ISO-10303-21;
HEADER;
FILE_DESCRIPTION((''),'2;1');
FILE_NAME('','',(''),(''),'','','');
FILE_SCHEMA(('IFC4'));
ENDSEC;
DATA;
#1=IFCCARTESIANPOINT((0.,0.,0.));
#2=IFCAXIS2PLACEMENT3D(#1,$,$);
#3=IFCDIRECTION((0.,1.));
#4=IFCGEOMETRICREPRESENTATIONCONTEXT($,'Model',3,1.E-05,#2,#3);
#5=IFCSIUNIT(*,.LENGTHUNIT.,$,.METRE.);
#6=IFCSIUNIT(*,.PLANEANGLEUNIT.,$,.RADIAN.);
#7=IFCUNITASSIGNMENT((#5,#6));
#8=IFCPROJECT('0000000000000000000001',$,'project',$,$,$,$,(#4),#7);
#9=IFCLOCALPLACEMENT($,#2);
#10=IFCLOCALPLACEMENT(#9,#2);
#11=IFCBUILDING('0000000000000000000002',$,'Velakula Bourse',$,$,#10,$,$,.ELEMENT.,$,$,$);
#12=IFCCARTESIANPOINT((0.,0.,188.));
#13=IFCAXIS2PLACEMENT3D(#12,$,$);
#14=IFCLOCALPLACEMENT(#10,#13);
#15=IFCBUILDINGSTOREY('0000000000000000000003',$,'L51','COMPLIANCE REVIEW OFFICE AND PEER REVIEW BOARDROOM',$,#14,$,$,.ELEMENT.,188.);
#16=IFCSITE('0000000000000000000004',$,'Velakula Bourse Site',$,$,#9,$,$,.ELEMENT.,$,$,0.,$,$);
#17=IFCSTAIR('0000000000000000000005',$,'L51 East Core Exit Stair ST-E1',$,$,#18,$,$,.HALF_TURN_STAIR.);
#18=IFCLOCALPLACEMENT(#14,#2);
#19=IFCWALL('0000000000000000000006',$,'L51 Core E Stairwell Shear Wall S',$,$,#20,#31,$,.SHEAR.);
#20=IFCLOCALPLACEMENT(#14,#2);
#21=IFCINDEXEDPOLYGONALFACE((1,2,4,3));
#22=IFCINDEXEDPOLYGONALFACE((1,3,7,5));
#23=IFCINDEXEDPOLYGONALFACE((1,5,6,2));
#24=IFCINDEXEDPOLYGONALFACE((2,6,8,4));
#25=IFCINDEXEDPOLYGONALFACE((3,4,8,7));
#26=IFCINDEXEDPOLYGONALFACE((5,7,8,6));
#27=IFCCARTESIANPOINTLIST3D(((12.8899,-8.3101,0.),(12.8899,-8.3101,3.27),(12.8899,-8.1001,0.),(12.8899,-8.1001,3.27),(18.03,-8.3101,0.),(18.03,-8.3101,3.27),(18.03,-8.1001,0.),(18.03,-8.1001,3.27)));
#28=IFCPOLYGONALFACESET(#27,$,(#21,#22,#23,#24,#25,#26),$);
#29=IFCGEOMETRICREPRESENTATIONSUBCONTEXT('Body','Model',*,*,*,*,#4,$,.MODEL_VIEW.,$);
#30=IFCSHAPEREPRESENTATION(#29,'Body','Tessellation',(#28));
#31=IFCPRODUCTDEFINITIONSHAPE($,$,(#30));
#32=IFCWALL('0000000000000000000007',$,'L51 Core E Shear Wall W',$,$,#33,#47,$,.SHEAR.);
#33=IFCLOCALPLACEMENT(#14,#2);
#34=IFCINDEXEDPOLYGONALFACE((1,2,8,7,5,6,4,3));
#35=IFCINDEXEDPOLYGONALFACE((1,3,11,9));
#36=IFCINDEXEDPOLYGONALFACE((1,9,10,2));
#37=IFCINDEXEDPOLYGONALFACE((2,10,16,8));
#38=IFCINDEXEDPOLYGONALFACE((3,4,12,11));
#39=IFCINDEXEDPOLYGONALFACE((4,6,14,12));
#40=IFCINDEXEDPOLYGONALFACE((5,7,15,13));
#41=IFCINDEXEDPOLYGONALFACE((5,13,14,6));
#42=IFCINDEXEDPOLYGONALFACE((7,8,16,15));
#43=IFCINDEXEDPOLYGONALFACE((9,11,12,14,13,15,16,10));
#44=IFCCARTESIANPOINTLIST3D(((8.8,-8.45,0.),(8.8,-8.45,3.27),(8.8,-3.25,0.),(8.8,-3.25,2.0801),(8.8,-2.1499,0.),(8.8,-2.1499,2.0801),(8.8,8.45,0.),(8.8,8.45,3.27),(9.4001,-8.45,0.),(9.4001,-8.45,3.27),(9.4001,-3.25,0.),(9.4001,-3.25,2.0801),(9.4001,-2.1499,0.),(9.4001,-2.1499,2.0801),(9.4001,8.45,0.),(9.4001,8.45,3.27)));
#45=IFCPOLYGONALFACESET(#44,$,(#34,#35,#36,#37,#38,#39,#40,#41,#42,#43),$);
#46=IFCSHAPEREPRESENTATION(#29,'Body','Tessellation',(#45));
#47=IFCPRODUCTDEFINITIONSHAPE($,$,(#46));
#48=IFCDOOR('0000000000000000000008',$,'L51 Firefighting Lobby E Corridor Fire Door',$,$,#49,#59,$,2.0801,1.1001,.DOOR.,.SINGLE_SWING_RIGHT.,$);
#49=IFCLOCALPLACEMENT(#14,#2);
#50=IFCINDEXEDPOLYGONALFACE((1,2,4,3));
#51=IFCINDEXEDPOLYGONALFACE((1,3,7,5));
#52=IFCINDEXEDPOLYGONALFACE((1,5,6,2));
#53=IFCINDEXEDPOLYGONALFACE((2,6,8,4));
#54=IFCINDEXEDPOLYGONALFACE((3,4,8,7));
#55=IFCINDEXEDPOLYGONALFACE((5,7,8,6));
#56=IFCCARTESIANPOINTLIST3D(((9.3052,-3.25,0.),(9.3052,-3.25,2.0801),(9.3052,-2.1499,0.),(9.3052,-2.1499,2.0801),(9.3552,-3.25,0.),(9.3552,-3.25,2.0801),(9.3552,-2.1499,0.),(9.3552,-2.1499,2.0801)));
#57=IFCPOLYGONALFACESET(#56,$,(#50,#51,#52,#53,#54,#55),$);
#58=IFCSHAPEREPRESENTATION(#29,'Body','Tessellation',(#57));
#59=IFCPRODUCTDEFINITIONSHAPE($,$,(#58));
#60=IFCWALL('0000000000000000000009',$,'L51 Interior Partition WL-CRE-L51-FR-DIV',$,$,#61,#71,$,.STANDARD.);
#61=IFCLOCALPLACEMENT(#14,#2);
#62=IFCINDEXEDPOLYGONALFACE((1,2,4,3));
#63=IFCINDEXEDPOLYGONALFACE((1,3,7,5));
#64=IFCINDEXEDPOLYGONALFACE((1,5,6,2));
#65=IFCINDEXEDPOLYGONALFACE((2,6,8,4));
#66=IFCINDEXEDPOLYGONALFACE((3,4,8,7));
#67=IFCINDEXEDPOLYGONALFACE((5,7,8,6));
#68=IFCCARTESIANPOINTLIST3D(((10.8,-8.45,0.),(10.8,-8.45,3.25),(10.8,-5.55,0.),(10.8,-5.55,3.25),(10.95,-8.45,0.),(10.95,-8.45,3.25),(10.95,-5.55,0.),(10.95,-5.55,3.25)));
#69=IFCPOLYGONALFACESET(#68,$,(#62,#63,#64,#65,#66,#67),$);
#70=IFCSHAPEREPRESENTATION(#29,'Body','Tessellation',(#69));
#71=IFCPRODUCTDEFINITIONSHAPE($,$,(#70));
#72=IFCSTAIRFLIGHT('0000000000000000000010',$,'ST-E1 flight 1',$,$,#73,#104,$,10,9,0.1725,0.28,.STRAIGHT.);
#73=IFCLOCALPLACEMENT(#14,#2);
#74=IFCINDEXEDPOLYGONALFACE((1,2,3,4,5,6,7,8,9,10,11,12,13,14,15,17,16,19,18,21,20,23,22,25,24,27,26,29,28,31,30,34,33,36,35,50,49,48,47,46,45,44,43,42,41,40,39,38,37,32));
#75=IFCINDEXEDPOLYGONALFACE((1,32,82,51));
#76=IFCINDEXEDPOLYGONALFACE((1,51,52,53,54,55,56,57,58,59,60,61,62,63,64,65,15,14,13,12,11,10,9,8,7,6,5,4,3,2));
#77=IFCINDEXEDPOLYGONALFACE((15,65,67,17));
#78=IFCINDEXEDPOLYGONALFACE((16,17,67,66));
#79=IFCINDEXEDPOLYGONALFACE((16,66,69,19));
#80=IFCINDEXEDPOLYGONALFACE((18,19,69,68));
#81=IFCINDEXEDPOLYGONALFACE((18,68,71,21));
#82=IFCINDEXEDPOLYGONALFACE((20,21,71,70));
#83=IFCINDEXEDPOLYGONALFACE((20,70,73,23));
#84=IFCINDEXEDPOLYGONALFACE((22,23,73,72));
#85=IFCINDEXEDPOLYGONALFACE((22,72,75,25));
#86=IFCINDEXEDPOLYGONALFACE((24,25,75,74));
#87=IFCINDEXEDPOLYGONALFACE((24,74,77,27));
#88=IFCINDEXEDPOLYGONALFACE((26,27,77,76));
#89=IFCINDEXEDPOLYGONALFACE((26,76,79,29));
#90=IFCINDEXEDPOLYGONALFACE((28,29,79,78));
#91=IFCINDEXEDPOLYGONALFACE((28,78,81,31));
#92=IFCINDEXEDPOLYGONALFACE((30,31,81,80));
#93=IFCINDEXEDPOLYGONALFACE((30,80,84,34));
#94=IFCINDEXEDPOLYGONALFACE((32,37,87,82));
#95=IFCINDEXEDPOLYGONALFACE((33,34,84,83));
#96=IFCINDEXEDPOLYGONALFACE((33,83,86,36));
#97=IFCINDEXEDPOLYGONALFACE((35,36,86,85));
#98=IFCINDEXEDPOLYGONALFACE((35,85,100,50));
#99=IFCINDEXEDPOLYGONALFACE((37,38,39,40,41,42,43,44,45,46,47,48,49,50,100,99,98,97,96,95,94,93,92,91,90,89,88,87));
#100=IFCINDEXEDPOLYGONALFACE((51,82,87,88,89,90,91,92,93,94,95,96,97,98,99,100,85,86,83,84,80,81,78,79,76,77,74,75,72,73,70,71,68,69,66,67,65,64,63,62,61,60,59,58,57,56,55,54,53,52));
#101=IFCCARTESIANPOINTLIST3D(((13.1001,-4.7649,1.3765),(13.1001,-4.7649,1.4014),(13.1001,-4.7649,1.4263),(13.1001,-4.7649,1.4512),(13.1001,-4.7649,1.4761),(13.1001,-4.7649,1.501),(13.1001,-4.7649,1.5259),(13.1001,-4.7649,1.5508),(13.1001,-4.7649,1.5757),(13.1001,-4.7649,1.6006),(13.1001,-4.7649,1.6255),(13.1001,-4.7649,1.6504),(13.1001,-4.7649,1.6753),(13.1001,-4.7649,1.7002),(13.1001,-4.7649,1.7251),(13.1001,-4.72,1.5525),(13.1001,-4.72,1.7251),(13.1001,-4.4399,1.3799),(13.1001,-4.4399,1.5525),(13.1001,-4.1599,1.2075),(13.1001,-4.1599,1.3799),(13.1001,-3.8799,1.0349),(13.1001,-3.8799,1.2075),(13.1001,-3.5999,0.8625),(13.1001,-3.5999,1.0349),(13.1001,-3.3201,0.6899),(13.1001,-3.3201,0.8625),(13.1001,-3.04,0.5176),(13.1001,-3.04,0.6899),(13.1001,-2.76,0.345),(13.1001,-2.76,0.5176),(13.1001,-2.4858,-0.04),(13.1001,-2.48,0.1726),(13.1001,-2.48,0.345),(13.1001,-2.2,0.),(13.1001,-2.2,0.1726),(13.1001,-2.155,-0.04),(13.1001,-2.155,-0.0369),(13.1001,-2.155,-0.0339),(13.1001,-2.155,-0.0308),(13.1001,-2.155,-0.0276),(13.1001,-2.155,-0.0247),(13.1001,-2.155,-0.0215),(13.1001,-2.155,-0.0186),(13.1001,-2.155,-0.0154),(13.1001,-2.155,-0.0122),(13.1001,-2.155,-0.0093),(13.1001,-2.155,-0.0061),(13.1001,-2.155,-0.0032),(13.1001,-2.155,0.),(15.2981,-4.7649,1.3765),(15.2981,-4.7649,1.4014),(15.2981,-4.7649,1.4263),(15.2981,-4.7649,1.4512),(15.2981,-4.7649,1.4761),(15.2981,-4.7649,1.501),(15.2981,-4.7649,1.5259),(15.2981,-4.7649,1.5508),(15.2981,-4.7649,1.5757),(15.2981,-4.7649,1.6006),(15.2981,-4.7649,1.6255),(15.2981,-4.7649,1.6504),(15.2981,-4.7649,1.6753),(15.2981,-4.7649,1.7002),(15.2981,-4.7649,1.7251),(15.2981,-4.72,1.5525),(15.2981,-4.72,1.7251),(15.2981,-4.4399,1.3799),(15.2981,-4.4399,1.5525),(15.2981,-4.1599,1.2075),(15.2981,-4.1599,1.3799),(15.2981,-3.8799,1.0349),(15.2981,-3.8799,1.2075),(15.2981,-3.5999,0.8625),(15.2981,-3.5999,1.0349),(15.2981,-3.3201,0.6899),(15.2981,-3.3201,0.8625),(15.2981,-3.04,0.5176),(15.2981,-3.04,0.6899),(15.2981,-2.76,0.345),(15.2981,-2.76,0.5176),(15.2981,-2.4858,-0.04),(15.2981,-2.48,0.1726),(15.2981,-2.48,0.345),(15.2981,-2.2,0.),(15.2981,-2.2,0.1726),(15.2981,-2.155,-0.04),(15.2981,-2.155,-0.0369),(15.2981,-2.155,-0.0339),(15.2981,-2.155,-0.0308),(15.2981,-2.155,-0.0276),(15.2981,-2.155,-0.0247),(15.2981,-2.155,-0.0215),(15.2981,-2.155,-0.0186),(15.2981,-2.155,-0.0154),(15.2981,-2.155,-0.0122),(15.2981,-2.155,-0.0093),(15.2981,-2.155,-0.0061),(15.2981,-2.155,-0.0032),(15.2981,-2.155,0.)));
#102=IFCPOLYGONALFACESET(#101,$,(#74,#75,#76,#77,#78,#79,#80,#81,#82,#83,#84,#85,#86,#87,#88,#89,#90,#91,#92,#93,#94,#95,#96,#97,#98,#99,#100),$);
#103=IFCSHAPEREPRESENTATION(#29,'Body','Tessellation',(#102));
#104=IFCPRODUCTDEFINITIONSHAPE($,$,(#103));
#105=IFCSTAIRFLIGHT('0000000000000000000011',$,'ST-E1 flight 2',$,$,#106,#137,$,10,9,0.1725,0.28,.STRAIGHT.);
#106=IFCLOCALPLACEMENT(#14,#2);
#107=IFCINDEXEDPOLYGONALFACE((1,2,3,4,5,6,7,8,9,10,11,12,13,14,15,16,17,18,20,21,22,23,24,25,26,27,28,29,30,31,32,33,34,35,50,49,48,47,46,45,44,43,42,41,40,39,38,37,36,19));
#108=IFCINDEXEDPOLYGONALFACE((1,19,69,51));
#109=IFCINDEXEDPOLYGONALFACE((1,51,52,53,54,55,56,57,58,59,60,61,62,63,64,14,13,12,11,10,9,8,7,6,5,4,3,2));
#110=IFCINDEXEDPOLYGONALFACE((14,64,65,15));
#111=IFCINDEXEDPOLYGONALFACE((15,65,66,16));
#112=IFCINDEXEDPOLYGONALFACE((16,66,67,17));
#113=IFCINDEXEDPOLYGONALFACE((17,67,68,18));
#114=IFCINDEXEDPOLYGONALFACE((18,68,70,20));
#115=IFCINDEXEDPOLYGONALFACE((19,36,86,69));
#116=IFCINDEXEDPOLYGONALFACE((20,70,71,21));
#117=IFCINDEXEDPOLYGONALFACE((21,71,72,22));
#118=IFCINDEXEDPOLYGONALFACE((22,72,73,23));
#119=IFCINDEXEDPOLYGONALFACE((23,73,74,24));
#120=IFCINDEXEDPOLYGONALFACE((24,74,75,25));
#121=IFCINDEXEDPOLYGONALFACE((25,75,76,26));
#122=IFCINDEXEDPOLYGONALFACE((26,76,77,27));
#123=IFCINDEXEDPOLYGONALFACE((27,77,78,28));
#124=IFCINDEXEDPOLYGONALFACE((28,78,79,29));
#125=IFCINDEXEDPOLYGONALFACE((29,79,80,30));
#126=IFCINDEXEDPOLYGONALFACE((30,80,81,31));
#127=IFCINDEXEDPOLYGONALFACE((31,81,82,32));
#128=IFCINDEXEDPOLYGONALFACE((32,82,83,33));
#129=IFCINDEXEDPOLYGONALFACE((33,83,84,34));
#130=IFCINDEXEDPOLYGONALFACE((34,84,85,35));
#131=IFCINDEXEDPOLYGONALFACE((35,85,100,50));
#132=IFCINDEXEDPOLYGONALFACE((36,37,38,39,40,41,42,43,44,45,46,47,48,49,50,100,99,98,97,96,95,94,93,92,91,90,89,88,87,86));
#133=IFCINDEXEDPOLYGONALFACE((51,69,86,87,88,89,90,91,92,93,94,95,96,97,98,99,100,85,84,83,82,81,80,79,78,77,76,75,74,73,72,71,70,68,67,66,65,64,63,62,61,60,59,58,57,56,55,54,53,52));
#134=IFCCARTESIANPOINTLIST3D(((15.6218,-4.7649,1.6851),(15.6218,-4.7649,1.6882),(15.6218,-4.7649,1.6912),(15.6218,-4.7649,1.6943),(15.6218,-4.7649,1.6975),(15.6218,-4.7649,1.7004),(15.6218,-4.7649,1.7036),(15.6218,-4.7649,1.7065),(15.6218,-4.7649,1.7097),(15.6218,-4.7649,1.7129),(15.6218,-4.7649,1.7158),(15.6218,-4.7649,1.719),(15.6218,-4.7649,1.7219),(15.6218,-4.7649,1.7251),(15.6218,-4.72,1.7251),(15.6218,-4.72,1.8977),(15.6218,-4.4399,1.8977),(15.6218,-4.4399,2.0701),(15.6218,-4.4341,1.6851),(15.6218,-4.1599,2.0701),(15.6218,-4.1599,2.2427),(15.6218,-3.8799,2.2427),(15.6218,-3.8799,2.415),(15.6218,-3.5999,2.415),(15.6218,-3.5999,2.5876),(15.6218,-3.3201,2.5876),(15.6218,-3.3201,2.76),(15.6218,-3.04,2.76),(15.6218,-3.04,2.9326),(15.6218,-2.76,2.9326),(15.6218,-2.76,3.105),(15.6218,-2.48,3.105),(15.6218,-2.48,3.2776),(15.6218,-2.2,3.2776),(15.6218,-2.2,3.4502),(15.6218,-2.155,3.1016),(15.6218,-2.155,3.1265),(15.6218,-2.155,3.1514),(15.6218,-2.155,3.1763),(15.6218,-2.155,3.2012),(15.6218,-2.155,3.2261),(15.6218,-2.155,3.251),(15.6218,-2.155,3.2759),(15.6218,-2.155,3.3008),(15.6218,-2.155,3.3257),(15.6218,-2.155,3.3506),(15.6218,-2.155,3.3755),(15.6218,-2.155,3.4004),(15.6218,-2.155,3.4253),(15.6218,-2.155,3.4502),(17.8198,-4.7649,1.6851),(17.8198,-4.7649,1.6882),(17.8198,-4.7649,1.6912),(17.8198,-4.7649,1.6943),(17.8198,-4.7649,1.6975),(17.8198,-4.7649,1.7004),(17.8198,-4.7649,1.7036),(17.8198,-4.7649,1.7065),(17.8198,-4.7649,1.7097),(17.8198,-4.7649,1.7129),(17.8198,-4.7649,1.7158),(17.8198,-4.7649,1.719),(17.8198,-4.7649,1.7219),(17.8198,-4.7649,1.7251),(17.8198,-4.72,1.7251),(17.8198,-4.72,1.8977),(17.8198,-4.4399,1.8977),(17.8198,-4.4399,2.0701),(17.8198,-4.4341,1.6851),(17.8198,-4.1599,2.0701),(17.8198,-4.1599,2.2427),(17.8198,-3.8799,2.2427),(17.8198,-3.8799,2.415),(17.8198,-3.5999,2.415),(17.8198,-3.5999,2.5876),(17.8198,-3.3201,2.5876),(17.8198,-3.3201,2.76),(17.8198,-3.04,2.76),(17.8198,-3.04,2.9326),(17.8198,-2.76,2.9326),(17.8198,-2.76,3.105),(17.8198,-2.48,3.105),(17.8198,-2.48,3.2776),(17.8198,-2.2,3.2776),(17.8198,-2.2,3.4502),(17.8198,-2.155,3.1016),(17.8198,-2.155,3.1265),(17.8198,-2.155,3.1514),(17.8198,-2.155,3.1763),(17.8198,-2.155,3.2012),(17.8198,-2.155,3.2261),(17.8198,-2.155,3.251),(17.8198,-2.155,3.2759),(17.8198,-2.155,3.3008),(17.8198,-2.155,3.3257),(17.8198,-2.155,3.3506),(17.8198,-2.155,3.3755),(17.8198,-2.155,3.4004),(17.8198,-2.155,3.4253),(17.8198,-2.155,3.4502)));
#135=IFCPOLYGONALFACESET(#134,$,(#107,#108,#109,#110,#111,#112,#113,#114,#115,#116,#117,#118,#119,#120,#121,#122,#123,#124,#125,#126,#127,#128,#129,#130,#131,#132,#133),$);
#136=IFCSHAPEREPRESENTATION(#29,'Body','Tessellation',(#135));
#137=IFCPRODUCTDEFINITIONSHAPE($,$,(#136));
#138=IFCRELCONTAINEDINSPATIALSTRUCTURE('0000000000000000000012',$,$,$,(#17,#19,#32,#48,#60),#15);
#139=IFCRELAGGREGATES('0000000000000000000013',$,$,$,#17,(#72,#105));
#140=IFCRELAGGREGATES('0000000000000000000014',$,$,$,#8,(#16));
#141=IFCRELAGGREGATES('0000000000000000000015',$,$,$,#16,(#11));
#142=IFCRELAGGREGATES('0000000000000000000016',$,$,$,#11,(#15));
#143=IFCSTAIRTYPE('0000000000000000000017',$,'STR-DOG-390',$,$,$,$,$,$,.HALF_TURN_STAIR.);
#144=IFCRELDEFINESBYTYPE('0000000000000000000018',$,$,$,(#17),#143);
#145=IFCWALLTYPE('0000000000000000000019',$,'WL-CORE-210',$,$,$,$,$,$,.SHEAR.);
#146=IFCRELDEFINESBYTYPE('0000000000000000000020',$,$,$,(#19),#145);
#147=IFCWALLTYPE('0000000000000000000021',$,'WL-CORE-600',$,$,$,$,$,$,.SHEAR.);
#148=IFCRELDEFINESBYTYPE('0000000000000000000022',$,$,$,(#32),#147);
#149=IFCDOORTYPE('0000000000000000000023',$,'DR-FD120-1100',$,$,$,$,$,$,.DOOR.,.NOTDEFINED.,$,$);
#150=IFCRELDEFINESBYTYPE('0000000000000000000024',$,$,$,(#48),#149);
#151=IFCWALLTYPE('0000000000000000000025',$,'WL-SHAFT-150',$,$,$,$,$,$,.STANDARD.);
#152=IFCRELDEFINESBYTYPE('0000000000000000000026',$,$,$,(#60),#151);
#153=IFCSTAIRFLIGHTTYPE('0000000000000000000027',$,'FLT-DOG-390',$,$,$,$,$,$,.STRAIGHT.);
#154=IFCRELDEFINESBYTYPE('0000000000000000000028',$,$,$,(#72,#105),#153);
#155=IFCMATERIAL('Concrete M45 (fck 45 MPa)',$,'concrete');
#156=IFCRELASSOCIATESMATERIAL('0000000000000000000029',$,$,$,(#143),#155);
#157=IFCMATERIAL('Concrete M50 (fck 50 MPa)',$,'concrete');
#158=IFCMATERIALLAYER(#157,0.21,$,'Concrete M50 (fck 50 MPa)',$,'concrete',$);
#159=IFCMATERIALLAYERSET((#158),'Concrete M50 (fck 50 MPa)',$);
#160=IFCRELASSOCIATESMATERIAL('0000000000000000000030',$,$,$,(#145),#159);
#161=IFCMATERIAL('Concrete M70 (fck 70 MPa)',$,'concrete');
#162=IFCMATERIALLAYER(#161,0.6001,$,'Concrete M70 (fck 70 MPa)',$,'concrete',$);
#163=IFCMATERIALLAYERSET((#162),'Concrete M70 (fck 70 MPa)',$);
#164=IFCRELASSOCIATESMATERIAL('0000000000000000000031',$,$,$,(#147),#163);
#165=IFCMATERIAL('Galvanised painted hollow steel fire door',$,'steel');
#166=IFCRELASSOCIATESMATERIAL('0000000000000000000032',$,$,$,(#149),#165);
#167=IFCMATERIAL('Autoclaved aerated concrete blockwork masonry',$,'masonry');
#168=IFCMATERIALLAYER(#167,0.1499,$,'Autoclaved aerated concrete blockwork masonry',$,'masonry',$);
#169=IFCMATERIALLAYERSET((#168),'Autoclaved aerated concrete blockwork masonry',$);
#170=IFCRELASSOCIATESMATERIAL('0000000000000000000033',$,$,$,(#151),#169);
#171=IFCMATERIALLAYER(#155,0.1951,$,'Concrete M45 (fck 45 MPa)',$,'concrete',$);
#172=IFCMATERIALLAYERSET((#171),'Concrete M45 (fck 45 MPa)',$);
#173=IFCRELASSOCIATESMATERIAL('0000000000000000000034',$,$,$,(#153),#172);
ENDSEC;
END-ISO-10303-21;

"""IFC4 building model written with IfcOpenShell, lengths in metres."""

from ifc_helpers import new_model, si_unit, direction, frame, frame_2d, origin, place, context, subcontext, project, spatial, polyline, rectangle, outline, extrude, material, layer, layer_set, type_object, element, fill, aggregate, save


model = new_model("IFC4")

# Units and contexts
model_context = context("Model", 3, precision=1e-05, world=origin(), true_north=direction((0.0, 1.0)))
body_context = subcontext(model_context, "Body", "Model", "MODEL_VIEW")
ifc_project = project(units=[si_unit("LENGTHUNIT", "METRE"), si_unit("PLANEANGLEUNIT", "RADIAN")], contexts=[model_context])

# Site, building, storey
site_placement = place(None, origin())
site = spatial("IfcSite", under=ifc_project, at=site_placement, Name="Velakula Bourse Site", CompositionType="ELEMENT", RefElevation=0.0)
building_placement = place(site_placement, origin())
building = spatial("IfcBuilding", under=site, at=building_placement, Name="Velakula Bourse", CompositionType="ELEMENT")
storey_placement = place(building_placement, frame((0.0, 0.0, 188.0)))
storey = spatial("IfcBuildingStorey", under=building, at=storey_placement, Name="L51", Description="COMPLIANCE REVIEW OFFICE AND PEER REVIEW BOARDROOM", CompositionType="ELEMENT", Elevation=188.0)

# Shared definitions
ifc_material_1 = material(Name="Concrete M70 (fck 70 MPa)", Category="concrete")

# Stair
ifc_material_2 = material(Name="Concrete M45 (fck 45 MPa)", Category="concrete")
stair_type = type_object("IfcStairType", Name="STR-DOG-390", PredefinedType="HALF_TURN_STAIR", material=ifc_material_2)
stair_1_placement = place(storey_placement, origin())
stair_1 = element("IfcStair", 1, at=stair_1_placement, inside=storey, type_object=stair_type, Name="L51 East Core Exit Stair ST-E1", PredefinedType="HALF_TURN_STAIR")

# Shared definitions
ifc_material_3 = material(Name="Concrete M50 (fck 50 MPa)", Category="concrete")
ifc_layer_1 = layer(ifc_material_3, 0.21, Name="Concrete M50 (fck 50 MPa)", Category="concrete")
ifc_layer_set_1 = layer_set([ifc_layer_1], Name="Concrete M50 (fck 50 MPa)")
wall_type_1 = type_object("IfcWallType", Name="WL-CORE-210", PredefinedType="SHEAR", material=ifc_layer_set_1)
ifc_material_4 = material(Name="Galvanised painted hollow steel fire door", Category="steel")

# Wall
wall_1_placement = place(storey_placement, frame((12.8899, -8.2051, 0.0), z_axis=(0.0, 0.0, 1.0), x_axis=(1.0, 0.0, 0.0)))
element("IfcWall", 2, at=wall_1_placement, inside=storey, type_object=wall_type_1, Name="L51 Core E Stairwell Shear Wall S", PredefinedType="SHEAR", context=body_context, shape_type="SweptSolid", body=[
    extrude(rectangle(XDim=5.1401, YDim=0.21, at=frame_2d((2.5701, 0.0))), origin(), (0.0, 0.0, 1.0), 3.27),
])

# Wall, opening, door
ifc_layer_2 = layer(ifc_material_1, 0.6001, Name="Concrete M70 (fck 70 MPa)", Category="concrete")
ifc_layer_set_2 = layer_set([ifc_layer_2], Name="Concrete M70 (fck 70 MPa)")
wall_type_2 = type_object("IfcWallType", Name="WL-CORE-600", PredefinedType="SHEAR", material=ifc_layer_set_2)
wall_2_placement = place(storey_placement, frame((9.1001, -8.45, 0.0), z_axis=(0.0, 0.0, 1.0), x_axis=(0.0, 1.0, 0.0)))
wall_2 = element("IfcWall", 3, at=wall_2_placement, inside=storey, type_object=wall_type_2, Name="L51 Core E Shear Wall W", PredefinedType="SHEAR", context=body_context, shape_type="SweptSolid", body=[
    extrude(rectangle(XDim=16.8999, YDim=0.6001, at=frame_2d((8.45, 0.0))), origin(), (0.0, 0.0, 1.0), 3.27),
])
opening_1_placement = place(wall_2_placement, frame((5.2, 0.0, 0.0)))
opening_1 = element("IfcOpeningElement", 4, at=opening_1_placement, cuts=wall_2, PredefinedType="OPENING", context=body_context, shape_type="SweptSolid", body=[
    extrude(rectangle(XDim=1.1001, YDim=2.0801, at=frame_2d((0.55, 1.04))), frame((0.0, 0.3101, 0.0), z_axis=(0.0, -1.0, 0.0), x_axis=(1.0, 0.0, 0.0)), (0.0, 0.0, 1.0), 0.6201),
])
door_type_1 = type_object("IfcDoorType", Name="DR-FD120-1100", OperationType="NOTDEFINED", PredefinedType="DOOR", material=ifc_material_4)
door_1_placement = place(opening_1_placement, origin())
door_1 = element("IfcDoor", 5, at=door_1_placement, inside=storey, type_object=door_type_1, Name="L51 Firefighting Lobby E Corridor Fire Door", OperationType="SINGLE_SWING_RIGHT", OverallHeight=2.0801, OverallWidth=1.1001, PredefinedType="DOOR", context=body_context, shape_type="SweptSolid", body=[
    extrude(rectangle(XDim=1.1001, YDim=2.0801, at=frame_2d((0.55, 1.04))), frame((0.0, -0.2051, 0.0), z_axis=(0.0, -1.0, 0.0), x_axis=(1.0, 0.0, 0.0)), (0.0, 0.0, 1.0), 0.05),
])
fill(opening_1, door_1)

# Shared definitions
ifc_material_5 = material(Name="Autoclaved aerated concrete blockwork masonry", Category="masonry")
ifc_layer_3 = layer(ifc_material_5, 0.1499, Name="Autoclaved aerated concrete blockwork masonry", Category="masonry")
ifc_layer_set_3 = layer_set([ifc_layer_3], Name="Autoclaved aerated concrete blockwork masonry")
wall_type_3 = type_object("IfcWallType", Name="WL-SHAFT-150", PredefinedType="STANDARD", material=ifc_layer_set_3)

# Wall
wall_3_placement = place(storey_placement, frame((10.875, -8.45, 0.0), z_axis=(0.0, 0.0, 1.0), x_axis=(0.0, 1.0, 0.0)))
element("IfcWall", 6, at=wall_3_placement, inside=storey, type_object=wall_type_3, Name="L51 Interior Partition WL-CRE-L51-FR-DIV", PredefinedType="STANDARD", context=body_context, shape_type="SweptSolid", body=[
    extrude(rectangle(XDim=2.8999, YDim=0.1499, at=frame_2d((1.45, 0.0))), origin(), (0.0, 0.0, 1.0), 3.25),
])

# Stair flights
ifc_layer_4 = layer(ifc_material_2, 0.1951, Name="Concrete M45 (fck 45 MPa)", Category="concrete")
ifc_layer_set_4 = layer_set([ifc_layer_4], Name="Concrete M45 (fck 45 MPa)")
stair_flight_type = type_object("IfcStairFlightType", Name="FLT-DOG-390", PredefinedType="STRAIGHT", material=ifc_layer_set_4)
stair_flight_1_placement = place(storey_placement, frame((14.199, -2.2, 0.0), z_axis=(0.0, 0.0, 1.0), x_axis=(0.0, -1.0, 0.0)))
stair_flight_1 = element("IfcStairFlight", 7, at=stair_flight_1_placement, type_object=stair_flight_type, Name="ST-E1 flight 1", NumberOfRisers=10, NumberOfTreads=9, PredefinedType="STRAIGHT", RiserHeight=0.1725, TreadLength=0.28, context=body_context, shape_type="SweptSolid", body=[
    extrude(outline(polyline([(-0.0449, -0.04), (-0.0449, -0.0369), (-0.0449, -0.0339), (-0.0449, -0.0308), (-0.0449, -0.0276), (-0.0449, -0.0247), (-0.0449, -0.0215), (-0.0449, -0.0186), (-0.0449, -0.0154), (-0.0449, -0.0122), (-0.0449, -0.0093), (-0.0449, -0.0061), (-0.0449, -0.0032), (-0.0449, 0.0), (0.0, 0.0), (0.0, 0.1726), (0.28, 0.1726), (0.28, 0.345), (0.5601, 0.345), (0.5601, 0.5176), (0.8401, 0.5176), (0.8401, 0.6899), (1.1201, 0.6899), (1.1201, 0.8625), (1.3999, 0.8625), (1.3999, 1.0349), (1.6799, 1.0349), (1.6799, 1.2075), (1.96, 1.2075), (1.96, 1.3799), (2.24, 1.3799), (2.24, 1.5525), (2.52, 1.5525), (2.52, 1.7251), (2.5649, 1.7251), (2.5649, 1.7002), (2.5649, 1.6753), (2.5649, 1.6504), (2.5649, 1.6255), (2.5649, 1.6006), (2.5649, 1.5757), (2.5649, 1.5508), (2.5649, 1.5259), (2.5649, 1.501), (2.5649, 1.4761), (2.5649, 1.4512), (2.5649, 1.4263), (2.5649, 1.4014), (2.5649, 1.3765), (0.2859, -0.04), (-0.0449, -0.04)])), frame((0.0, 1.0991, 0.0), z_axis=(0.0, -1.0, 0.0), x_axis=(1.0, 0.0, 0.0)), (0.0, 0.0, 1.0), 2.198),
])
stair_flight_2_placement = place(storey_placement, frame((16.7209, -4.72, 1.7251), z_axis=(0.0, 0.0, 1.0), x_axis=(0.0, 1.0, 0.0)))
stair_flight_2 = element("IfcStairFlight", 8, at=stair_flight_2_placement, type_object=stair_flight_type, Name="ST-E1 flight 2", NumberOfRisers=10, NumberOfTreads=9, PredefinedType="STRAIGHT", RiserHeight=0.1725, TreadLength=0.28, context=body_context, shape_type="SweptSolid", body=[
    extrude(outline(polyline([(-0.0449, -0.04), (-0.0449, -0.0369), (-0.0449, -0.0339), (-0.0449, -0.0308), (-0.0449, -0.0276), (-0.0449, -0.0247), (-0.0449, -0.0215), (-0.0449, -0.0186), (-0.0449, -0.0154), (-0.0449, -0.0122), (-0.0449, -0.0093), (-0.0449, -0.0061), (-0.0449, -0.0032), (-0.0449, 0.0), (0.0, 0.0), (0.0, 0.1726), (0.28, 0.1726), (0.28, 0.345), (0.5601, 0.345), (0.5601, 0.5176), (0.8401, 0.5176), (0.8401, 0.6899), (1.1201, 0.6899), (1.1201, 0.8625), (1.3999, 0.8625), (1.3999, 1.0349), (1.6799, 1.0349), (1.6799, 1.2075), (1.96, 1.2075), (1.96, 1.3799), (2.24, 1.3799), (2.24, 1.5525), (2.52, 1.5525), (2.52, 1.7251), (2.5649, 1.7251), (2.5649, 1.7002), (2.5649, 1.6753), (2.5649, 1.6504), (2.5649, 1.6255), (2.5649, 1.6006), (2.5649, 1.5757), (2.5649, 1.5508), (2.5649, 1.5259), (2.5649, 1.501), (2.5649, 1.4761), (2.5649, 1.4512), (2.5649, 1.4263), (2.5649, 1.4014), (2.5649, 1.3765), (0.2859, -0.04), (-0.0449, -0.04)])), frame((0.0, 1.0991, 0.0), z_axis=(0.0, -1.0, 0.0), x_axis=(1.0, 0.0, 0.0)), (0.0, 0.0, 1.0), 2.198),
])
aggregate(stair_1, [stair_flight_1, stair_flight_2])

save(model, "model.ifc")
